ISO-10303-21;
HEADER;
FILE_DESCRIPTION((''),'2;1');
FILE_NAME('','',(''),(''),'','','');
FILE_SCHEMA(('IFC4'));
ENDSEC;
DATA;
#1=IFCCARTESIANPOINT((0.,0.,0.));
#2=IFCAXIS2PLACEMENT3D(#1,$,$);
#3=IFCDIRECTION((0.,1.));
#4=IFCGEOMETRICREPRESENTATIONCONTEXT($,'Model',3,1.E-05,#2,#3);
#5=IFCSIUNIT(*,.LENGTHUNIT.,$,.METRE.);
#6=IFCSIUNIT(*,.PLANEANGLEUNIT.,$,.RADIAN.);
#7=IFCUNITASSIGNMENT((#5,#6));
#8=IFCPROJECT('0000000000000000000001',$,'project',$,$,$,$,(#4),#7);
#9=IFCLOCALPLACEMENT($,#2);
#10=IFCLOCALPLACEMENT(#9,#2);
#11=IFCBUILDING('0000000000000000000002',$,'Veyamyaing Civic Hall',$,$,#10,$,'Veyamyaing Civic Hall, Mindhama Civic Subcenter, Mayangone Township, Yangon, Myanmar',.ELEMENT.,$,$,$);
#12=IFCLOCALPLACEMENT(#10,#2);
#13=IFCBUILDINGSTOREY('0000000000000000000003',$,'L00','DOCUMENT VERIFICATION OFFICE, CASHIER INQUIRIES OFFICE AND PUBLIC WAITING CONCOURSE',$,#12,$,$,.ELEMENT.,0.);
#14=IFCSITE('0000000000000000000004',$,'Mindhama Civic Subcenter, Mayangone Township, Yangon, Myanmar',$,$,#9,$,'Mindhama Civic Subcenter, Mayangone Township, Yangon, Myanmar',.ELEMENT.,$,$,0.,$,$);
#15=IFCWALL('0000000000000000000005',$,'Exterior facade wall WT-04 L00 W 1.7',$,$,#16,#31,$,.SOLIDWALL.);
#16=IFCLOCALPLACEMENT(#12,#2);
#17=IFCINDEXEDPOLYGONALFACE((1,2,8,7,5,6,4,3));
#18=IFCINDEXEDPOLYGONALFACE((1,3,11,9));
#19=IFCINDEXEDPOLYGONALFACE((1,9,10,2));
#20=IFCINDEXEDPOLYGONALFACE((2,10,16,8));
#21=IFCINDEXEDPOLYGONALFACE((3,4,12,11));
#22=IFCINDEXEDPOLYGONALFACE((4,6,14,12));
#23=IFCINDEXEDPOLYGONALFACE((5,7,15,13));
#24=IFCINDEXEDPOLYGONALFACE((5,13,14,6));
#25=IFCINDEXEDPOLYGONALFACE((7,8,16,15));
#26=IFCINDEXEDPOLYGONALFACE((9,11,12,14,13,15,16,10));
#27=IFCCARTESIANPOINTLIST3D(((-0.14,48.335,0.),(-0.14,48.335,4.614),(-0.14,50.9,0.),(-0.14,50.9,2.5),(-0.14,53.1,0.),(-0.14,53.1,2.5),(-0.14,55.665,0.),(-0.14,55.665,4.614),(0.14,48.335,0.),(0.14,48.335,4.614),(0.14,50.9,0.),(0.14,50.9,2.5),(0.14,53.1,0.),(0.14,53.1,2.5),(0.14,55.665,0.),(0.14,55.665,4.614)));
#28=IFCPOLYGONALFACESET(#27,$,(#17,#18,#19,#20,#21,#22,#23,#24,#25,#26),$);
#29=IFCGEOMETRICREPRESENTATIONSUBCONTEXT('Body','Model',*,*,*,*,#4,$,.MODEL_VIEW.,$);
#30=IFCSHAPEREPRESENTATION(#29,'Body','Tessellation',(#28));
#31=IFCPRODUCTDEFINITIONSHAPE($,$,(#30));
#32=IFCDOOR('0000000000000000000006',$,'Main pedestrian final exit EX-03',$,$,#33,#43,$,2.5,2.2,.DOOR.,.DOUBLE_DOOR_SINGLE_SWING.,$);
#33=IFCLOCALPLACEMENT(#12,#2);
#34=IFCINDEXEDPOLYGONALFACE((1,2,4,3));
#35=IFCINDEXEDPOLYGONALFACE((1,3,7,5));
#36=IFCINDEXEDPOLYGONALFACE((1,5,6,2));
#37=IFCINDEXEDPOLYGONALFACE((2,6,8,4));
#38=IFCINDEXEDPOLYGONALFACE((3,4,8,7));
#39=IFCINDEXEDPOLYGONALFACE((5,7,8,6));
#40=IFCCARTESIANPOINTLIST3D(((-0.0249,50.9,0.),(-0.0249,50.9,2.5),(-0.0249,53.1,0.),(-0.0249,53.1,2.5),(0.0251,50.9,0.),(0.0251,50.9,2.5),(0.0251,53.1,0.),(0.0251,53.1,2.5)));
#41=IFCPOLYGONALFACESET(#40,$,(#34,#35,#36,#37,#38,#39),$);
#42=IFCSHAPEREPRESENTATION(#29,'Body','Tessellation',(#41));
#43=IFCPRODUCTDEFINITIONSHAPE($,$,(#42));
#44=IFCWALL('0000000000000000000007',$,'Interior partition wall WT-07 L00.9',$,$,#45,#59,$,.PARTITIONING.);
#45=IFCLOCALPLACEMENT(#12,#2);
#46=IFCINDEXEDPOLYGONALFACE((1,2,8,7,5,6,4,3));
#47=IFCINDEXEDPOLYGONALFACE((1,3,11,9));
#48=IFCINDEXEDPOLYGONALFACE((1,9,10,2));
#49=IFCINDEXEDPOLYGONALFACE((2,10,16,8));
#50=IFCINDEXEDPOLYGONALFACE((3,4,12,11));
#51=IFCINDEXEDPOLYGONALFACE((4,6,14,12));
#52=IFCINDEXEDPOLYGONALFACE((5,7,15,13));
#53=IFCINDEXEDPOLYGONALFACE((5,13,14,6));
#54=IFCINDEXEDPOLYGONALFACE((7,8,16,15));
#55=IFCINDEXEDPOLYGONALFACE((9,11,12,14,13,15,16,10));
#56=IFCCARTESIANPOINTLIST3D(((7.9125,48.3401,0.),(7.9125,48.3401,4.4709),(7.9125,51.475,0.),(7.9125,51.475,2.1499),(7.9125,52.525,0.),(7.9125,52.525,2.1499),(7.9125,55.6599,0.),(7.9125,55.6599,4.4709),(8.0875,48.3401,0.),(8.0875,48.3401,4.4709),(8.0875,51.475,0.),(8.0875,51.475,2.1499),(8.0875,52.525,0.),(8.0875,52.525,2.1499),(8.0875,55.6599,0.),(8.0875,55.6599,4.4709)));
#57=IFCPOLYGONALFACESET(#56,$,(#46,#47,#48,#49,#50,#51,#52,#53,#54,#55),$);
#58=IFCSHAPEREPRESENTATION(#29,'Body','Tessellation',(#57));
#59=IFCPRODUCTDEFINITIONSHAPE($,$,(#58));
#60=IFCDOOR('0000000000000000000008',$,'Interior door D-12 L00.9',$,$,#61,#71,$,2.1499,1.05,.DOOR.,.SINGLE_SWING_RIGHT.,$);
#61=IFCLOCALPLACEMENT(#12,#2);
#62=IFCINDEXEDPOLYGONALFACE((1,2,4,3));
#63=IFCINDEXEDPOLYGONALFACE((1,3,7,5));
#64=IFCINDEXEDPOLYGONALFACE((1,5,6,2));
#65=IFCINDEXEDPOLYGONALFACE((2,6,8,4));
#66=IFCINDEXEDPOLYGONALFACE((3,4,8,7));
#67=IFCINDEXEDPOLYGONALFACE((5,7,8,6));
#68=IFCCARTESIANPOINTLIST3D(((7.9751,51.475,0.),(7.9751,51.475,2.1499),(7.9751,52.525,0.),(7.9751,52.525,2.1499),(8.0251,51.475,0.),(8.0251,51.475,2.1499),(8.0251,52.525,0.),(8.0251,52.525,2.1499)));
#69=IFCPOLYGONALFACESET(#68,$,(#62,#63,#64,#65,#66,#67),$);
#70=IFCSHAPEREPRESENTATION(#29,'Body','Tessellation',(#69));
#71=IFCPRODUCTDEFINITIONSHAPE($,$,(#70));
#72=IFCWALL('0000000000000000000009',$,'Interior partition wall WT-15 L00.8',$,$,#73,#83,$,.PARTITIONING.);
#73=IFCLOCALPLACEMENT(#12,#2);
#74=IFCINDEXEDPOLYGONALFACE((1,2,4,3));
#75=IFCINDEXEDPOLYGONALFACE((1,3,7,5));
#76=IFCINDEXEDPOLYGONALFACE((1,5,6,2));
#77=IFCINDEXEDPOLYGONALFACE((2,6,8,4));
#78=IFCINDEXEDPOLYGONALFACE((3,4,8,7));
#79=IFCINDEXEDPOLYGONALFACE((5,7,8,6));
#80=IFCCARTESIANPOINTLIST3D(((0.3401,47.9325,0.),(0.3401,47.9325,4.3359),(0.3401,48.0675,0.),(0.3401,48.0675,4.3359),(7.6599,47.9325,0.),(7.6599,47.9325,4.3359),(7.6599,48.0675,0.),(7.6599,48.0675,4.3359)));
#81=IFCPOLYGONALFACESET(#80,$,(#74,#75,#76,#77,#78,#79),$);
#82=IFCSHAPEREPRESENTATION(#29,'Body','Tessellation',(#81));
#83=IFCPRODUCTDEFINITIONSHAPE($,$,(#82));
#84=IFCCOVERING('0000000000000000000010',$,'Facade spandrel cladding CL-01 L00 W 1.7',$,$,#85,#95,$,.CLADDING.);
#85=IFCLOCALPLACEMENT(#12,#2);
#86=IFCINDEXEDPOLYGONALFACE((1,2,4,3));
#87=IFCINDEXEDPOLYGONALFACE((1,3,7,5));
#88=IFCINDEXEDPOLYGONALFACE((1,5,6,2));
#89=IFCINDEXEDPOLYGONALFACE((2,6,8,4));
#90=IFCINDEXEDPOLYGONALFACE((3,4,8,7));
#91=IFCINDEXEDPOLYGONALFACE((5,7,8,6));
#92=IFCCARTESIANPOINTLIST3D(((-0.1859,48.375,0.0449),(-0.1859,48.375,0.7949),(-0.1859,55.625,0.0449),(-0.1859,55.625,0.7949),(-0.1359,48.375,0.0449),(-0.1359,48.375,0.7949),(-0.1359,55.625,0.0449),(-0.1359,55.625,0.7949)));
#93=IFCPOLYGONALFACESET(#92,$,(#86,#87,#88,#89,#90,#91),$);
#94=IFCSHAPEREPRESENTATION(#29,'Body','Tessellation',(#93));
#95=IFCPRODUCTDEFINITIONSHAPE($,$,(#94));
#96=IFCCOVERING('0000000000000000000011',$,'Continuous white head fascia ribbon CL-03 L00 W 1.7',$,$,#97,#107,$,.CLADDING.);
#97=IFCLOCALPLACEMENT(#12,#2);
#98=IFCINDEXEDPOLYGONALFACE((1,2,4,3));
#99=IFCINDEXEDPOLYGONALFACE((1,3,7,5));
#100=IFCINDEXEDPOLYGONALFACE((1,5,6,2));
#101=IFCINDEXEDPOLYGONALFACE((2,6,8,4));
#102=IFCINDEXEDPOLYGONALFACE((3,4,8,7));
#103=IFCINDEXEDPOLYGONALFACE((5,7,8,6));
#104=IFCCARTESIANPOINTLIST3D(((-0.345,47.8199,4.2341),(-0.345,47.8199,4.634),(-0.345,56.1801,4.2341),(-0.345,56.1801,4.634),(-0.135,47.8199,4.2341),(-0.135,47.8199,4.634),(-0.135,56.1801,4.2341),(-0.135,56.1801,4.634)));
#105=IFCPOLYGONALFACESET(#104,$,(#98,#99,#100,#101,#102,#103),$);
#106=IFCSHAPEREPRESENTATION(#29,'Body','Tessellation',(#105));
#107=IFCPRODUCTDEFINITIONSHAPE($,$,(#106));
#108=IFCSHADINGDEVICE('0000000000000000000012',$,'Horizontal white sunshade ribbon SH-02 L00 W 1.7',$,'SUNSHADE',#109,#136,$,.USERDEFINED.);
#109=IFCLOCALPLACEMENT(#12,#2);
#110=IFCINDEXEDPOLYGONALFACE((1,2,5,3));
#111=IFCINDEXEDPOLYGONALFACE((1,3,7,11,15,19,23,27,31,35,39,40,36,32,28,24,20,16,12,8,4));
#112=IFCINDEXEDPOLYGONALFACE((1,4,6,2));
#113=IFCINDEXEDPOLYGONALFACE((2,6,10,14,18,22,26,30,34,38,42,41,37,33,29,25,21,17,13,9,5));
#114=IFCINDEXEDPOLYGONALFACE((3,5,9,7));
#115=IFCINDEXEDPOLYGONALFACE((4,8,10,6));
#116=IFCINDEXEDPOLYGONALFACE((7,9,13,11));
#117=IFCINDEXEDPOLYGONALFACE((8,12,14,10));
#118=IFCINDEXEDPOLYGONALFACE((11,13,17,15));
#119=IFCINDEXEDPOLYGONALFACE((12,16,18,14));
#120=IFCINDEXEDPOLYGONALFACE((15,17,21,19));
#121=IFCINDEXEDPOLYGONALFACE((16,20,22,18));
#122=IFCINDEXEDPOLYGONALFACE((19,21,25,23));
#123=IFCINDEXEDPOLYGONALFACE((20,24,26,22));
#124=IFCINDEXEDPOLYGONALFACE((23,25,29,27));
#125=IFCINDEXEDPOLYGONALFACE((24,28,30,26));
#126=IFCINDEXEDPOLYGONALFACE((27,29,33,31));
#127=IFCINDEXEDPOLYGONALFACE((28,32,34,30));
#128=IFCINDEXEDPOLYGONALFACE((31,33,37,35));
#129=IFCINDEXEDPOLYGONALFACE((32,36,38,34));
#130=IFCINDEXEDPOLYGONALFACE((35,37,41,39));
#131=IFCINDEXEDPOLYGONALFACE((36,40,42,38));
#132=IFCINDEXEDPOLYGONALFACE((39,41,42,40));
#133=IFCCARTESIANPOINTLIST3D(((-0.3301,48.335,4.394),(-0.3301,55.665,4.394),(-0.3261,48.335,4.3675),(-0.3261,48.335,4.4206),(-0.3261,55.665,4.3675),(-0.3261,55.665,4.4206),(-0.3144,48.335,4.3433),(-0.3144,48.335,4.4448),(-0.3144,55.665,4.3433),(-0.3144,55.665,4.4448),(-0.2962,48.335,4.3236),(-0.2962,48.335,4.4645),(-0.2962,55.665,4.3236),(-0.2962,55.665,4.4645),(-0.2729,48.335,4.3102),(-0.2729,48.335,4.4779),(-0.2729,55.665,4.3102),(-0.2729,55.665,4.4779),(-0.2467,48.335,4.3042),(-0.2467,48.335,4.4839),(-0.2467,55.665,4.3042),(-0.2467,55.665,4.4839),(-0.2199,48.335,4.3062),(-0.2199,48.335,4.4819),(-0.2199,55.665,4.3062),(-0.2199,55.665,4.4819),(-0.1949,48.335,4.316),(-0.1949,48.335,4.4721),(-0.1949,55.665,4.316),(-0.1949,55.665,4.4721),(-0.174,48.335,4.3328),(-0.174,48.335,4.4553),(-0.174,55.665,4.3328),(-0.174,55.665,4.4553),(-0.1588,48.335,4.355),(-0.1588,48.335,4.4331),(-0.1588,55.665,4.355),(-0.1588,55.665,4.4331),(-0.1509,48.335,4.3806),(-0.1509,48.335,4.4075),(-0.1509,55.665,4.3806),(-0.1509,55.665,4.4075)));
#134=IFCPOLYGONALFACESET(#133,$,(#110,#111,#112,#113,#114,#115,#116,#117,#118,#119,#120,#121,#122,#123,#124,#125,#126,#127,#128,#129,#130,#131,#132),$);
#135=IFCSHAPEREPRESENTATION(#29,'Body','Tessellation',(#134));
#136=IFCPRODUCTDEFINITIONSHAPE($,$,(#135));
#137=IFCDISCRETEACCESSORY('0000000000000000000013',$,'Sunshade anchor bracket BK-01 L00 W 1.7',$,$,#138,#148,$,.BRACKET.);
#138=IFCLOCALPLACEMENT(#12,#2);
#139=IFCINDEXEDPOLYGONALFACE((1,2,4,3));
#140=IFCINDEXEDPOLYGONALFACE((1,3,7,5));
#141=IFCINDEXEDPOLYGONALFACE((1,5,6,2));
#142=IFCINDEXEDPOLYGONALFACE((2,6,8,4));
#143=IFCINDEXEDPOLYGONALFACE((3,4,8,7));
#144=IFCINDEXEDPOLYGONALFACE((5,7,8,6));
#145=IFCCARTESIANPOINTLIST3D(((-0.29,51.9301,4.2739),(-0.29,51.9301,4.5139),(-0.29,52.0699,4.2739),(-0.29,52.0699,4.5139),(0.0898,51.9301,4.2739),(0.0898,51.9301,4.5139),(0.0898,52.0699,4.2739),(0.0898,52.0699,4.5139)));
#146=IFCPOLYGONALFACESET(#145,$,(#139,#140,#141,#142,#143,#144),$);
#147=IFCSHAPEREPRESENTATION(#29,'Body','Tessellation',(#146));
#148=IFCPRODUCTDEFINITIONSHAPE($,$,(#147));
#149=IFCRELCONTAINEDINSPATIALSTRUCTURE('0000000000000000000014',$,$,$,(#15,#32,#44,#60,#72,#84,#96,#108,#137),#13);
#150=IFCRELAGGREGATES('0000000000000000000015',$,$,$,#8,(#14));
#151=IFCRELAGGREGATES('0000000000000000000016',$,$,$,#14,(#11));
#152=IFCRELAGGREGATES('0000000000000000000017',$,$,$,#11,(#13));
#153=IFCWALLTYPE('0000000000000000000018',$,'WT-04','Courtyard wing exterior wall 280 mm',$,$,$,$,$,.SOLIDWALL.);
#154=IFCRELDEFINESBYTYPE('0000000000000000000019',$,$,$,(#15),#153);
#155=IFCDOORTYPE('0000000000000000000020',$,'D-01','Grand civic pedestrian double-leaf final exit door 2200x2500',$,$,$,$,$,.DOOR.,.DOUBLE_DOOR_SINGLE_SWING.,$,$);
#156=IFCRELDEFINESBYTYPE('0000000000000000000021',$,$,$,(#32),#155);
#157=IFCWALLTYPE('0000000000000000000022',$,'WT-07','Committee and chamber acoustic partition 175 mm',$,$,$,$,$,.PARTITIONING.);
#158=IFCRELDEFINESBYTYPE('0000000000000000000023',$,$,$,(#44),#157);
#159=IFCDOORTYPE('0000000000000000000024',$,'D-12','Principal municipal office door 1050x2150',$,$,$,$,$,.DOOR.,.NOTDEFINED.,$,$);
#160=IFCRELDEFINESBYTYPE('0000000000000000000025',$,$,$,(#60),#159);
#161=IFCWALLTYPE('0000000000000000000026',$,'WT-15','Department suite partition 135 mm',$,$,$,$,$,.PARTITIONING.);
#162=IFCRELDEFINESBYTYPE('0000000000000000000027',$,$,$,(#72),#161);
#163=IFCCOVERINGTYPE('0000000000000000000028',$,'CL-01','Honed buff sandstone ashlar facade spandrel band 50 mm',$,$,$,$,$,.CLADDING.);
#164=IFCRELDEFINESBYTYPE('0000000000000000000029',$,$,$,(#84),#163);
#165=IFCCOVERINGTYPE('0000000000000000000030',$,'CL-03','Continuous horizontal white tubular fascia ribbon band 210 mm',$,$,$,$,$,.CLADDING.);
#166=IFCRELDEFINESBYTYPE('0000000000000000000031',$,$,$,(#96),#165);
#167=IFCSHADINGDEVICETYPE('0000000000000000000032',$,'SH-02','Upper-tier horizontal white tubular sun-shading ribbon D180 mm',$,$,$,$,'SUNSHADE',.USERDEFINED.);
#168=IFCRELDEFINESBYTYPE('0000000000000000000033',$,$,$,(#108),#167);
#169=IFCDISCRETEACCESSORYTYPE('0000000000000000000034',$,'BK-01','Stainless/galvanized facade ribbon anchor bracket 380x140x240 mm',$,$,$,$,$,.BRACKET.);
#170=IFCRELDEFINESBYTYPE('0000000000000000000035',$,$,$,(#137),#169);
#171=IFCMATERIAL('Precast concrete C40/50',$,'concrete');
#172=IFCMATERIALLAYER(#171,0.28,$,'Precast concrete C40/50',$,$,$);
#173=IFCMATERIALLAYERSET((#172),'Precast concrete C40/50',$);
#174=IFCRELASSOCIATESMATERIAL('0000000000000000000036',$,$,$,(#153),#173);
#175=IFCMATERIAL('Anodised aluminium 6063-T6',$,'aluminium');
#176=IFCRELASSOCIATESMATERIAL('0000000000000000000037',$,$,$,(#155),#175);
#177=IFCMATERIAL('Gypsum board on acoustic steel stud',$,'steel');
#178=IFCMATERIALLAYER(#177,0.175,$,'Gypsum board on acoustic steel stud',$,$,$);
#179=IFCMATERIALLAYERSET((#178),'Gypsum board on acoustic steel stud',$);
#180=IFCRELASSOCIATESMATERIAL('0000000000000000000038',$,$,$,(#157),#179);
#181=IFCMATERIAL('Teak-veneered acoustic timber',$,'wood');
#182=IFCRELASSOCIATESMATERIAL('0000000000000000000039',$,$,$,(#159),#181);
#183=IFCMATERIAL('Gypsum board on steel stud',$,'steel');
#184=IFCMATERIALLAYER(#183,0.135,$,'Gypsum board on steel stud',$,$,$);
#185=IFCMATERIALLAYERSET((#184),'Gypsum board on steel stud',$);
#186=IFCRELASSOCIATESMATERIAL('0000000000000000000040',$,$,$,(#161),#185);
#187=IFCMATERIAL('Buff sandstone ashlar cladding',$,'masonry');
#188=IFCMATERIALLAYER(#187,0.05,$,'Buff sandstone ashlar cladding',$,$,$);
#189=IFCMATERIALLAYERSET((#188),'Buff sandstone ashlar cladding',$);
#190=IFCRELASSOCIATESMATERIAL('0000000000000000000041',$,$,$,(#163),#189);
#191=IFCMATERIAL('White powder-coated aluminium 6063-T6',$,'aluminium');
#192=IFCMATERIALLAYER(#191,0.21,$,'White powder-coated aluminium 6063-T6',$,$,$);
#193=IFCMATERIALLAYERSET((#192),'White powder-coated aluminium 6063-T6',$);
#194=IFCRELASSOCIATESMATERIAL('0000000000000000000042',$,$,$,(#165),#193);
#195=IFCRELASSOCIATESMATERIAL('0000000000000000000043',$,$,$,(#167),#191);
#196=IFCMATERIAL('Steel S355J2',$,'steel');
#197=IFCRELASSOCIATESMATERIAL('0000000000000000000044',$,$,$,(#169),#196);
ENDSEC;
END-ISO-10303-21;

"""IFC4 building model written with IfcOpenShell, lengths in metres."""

from ifc_helpers import new_model, si_unit, direction, frame, frame_2d, origin, origin_2d, place, context, subcontext, project, spatial, rectangle, circle, extrude, material, layer, layer_set, material_profile, profile_set, type_object, element, fill, save


model = new_model("IFC4")

# Units and contexts
model_context = context("Model", 3, precision=1e-05, world=origin(), true_north=direction((0.0, 1.0)))
body_context = subcontext(model_context, "Body", "Model", "MODEL_VIEW")
ifc_project = project(units=[si_unit("LENGTHUNIT", "METRE"), si_unit("PLANEANGLEUNIT", "RADIAN")], contexts=[model_context])

# Site, building, storey
site_placement = place(None, origin())
site = spatial("IfcSite", under=ifc_project, at=site_placement, Name="Mindhama Civic Subcenter, Mayangone Township, Yangon, Myanmar", LongName="Mindhama Civic Subcenter, Mayangone Township, Yangon, Myanmar", CompositionType="ELEMENT", RefElevation=0.0)
building_placement = place(site_placement, origin())
building = spatial("IfcBuilding", under=site, at=building_placement, Name="Veyamyaing Civic Hall", LongName="Veyamyaing Civic Hall, Mindhama Civic Subcenter, Mayangone Township, Yangon, Myanmar", CompositionType="ELEMENT")
storey_placement = place(building_placement, origin())
storey = spatial("IfcBuildingStorey", under=building, at=storey_placement, Name="L00", Description="DOCUMENT VERIFICATION OFFICE, CASHIER INQUIRIES OFFICE AND PUBLIC WAITING CONCOURSE", CompositionType="ELEMENT", Elevation=0.0)

# Walls, openings, doors
ifc_material_1 = material(Name="Precast concrete C40/50", Category="concrete")
ifc_layer_1 = layer(ifc_material_1, 0.28, Name="Precast concrete C40/50")
ifc_layer_set_1 = layer_set([ifc_layer_1], Name="Precast concrete C40/50")
wall_type_1 = type_object("IfcWallType", Name="WT-04", Description="Courtyard wing exterior wall 280 mm", PredefinedType="SOLIDWALL", material=ifc_layer_set_1)
wall_1_placement = place(storey_placement, frame((0.0, 48.335, 0.0), z_axis=(0.0, 0.0, 1.0), x_axis=(0.0, 1.0, 0.0)))
wall_1 = element("IfcWall", 1, at=wall_1_placement, inside=storey, type_object=wall_type_1, Name="Exterior facade wall WT-04 L00 W 1.7", PredefinedType="SOLIDWALL", context=body_context, shape_type="SweptSolid", body=[
    extrude(rectangle(XDim=7.3301, YDim=0.28, at=frame_2d((3.665, 0.0))), origin(), (0.0, 0.0, 1.0), 4.614),
])
opening_1_placement = place(wall_1_placement, frame((2.5649, 0.0, 0.0)))
opening_1 = element("IfcOpeningElement", 2, at=opening_1_placement, cuts=wall_1, PredefinedType="OPENING", context=body_context, shape_type="SweptSolid", body=[
    extrude(rectangle(XDim=2.2, YDim=2.5, at=frame_2d((1.1001, 1.25))), frame((0.0, 0.1499, 0.0), z_axis=(0.0, -1.0, 0.0), x_axis=(1.0, 0.0, 0.0)), (0.0, 0.0, 1.0), 0.3),
])
ifc_material_2 = material(Name="Anodised aluminium 6063-T6", Category="aluminium")
door_type_1 = type_object("IfcDoorType", Name="D-01", Description="Grand civic pedestrian double-leaf final exit door 2200x2500", OperationType="DOUBLE_DOOR_SINGLE_SWING", PredefinedType="DOOR", material=ifc_material_2)
door_1_placement = place(opening_1_placement, origin())
door_1 = element("IfcDoor", 3, at=door_1_placement, inside=storey, type_object=door_type_1, Name="Main pedestrian final exit EX-03", OperationType="DOUBLE_DOOR_SINGLE_SWING", OverallHeight=2.5, OverallWidth=2.2, PredefinedType="DOOR", context=body_context, shape_type="SweptSolid", body=[
    extrude(rectangle(XDim=2.2, YDim=2.5, at=frame_2d((1.1001, 1.25))), frame((0.0, 0.0249, 0.0), z_axis=(0.0, -1.0, 0.0), x_axis=(1.0, 0.0, 0.0)), (0.0, 0.0, 1.0), 0.05),
])
fill(opening_1, door_1)
ifc_material_3 = material(Name="Gypsum board on acoustic steel stud", Category="steel")
ifc_layer_2 = layer(ifc_material_3, 0.175, Name="Gypsum board on acoustic steel stud")
ifc_layer_set_2 = layer_set([ifc_layer_2], Name="Gypsum board on acoustic steel stud")
wall_type_2 = type_object("IfcWallType", Name="WT-07", Description="Committee and chamber acoustic partition 175 mm", PredefinedType="PARTITIONING", material=ifc_layer_set_2)
wall_2_placement = place(storey_placement, frame((8.0, 48.3401, 0.0), z_axis=(0.0, 0.0, 1.0), x_axis=(0.0, 1.0, 0.0)))
wall_2 = element("IfcWall", 4, at=wall_2_placement, inside=storey, type_object=wall_type_2, Name="Interior partition wall WT-07 L00.9", PredefinedType="PARTITIONING", context=body_context, shape_type="SweptSolid", body=[
    extrude(rectangle(XDim=7.3198, YDim=0.175, at=frame_2d((3.6599, 0.0))), origin(), (0.0, 0.0, 1.0), 4.4709),
])
opening_2_placement = place(wall_2_placement, frame((3.135, 0.0, 0.0)))
opening_2 = element("IfcOpeningElement", 5, at=opening_2_placement, cuts=wall_2, PredefinedType="OPENING", context=body_context, shape_type="SweptSolid", body=[
    extrude(rectangle(XDim=1.05, YDim=2.1499, at=frame_2d((0.5249, 1.075))), frame((0.0, 0.0974, 0.0), z_axis=(0.0, -1.0, 0.0), x_axis=(1.0, 0.0, 0.0)), (0.0, 0.0, 1.0), 0.1951),
])
ifc_material_4 = material(Name="Teak-veneered acoustic timber", Category="wood")
door_type_2 = type_object("IfcDoorType", Name="D-12", Description="Principal municipal office door 1050x2150", OperationType="NOTDEFINED", PredefinedType="DOOR", material=ifc_material_4)
door_2_placement = place(opening_2_placement, origin())
door_2 = element("IfcDoor", 6, at=door_2_placement, inside=storey, type_object=door_type_2, Name="Interior door D-12 L00.9", OperationType="SINGLE_SWING_RIGHT", OverallHeight=2.1499, OverallWidth=1.05, PredefinedType="DOOR", context=body_context, shape_type="SweptSolid", body=[
    extrude(rectangle(XDim=1.05, YDim=2.1499, at=frame_2d((0.5249, 1.075))), frame((0.0, 0.0249, 0.0), z_axis=(0.0, -1.0, 0.0), x_axis=(1.0, 0.0, 0.0)), (0.0, 0.0, 1.0), 0.05),
])
fill(opening_2, door_2)

# Wall
ifc_material_5 = material(Name="Gypsum board on steel stud", Category="steel")
ifc_layer_3 = layer(ifc_material_5, 0.135, Name="Gypsum board on steel stud")
ifc_layer_set_3 = layer_set([ifc_layer_3], Name="Gypsum board on steel stud")
wall_type_3 = type_object("IfcWallType", Name="WT-15", Description="Department suite partition 135 mm", PredefinedType="PARTITIONING", material=ifc_layer_set_3)
wall_3_placement = place(storey_placement, frame((0.3401, 48.0, 0.0), z_axis=(0.0, 0.0, 1.0), x_axis=(1.0, 0.0, 0.0)))
element("IfcWall", 7, at=wall_3_placement, inside=storey, type_object=wall_type_3, Name="Interior partition wall WT-15 L00.8", PredefinedType="PARTITIONING", context=body_context, shape_type="SweptSolid", body=[
    extrude(rectangle(XDim=7.3198, YDim=0.135, at=frame_2d((3.6599, 0.0))), origin(), (0.0, 0.0, 1.0), 4.3359),
])

# Coverings
ifc_material_6 = material(Name="Buff sandstone ashlar cladding", Category="masonry")
ifc_layer_4 = layer(ifc_material_6, 0.05, Name="Buff sandstone ashlar cladding")
ifc_layer_set_4 = layer_set([ifc_layer_4], Name="Buff sandstone ashlar cladding")
covering_type_1 = type_object("IfcCoveringType", Name="CL-01", Description="Honed buff sandstone ashlar facade spandrel band 50 mm", PredefinedType="CLADDING", material=ifc_layer_set_4)
covering_1_placement = place(storey_placement, frame((-0.1609, 52.0, 0.0449), z_axis=(0.0, 0.0, 1.0), x_axis=(0.0, 1.0, 0.0)))
element("IfcCovering", 8, at=covering_1_placement, inside=storey, type_object=covering_type_1, Name="Facade spandrel cladding CL-01 L00 W 1.7", PredefinedType="CLADDING", context=body_context, shape_type="SweptSolid", body=[
    extrude(rectangle(XDim=7.25, YDim=0.05, at=origin_2d()), origin(), (0.0, 0.0, 1.0), 0.75),
])
ifc_material_7 = material(Name="White powder-coated aluminium 6063-T6", Category="aluminium")
ifc_layer_5 = layer(ifc_material_7, 0.21, Name="White powder-coated aluminium 6063-T6")
ifc_layer_set_5 = layer_set([ifc_layer_5], Name="White powder-coated aluminium 6063-T6")
covering_type_2 = type_object("IfcCoveringType", Name="CL-03", Description="Continuous horizontal white tubular fascia ribbon band 210 mm", PredefinedType="CLADDING", material=ifc_layer_set_5)
covering_2_placement = place(storey_placement, frame((-0.24, 52.0, 4.2341), z_axis=(0.0, 0.0, 1.0), x_axis=(0.0, 1.0, 0.0)))
element("IfcCovering", 9, at=covering_2_placement, inside=storey, type_object=covering_type_2, Name="Continuous white head fascia ribbon CL-03 L00 W 1.7", PredefinedType="CLADDING", context=body_context, shape_type="SweptSolid", body=[
    extrude(rectangle(XDim=8.3601, YDim=0.21, at=origin_2d()), origin(), (0.0, 0.0, 1.0), 0.3999),
])

# Shading device
ifc_material_profile_1 = material_profile(ifc_material_7, circle(Radius=0.0901, at=origin_2d()), Name="SHADE-TUBE-180")
ifc_profile_set_1 = profile_set([ifc_material_profile_1], Name="White powder-coated aluminium 6063-T6")
shading_device_type = type_object("IfcShadingDeviceType", Name="SH-02", Description="Upper-tier horizontal white tubular sun-shading ribbon D180 mm", ElementType="SUNSHADE", PredefinedType="USERDEFINED", material=ifc_profile_set_1)
shading_device_placement = place(storey_placement, frame((-0.24, 48.335, 4.394), z_axis=(0.0, 1.0, 0.0), x_axis=(-1.0, 0.0, 0.0)))
element("IfcShadingDevice", 10, at=shading_device_placement, inside=storey, type_object=shading_device_type, Name="Horizontal white sunshade ribbon SH-02 L00 W 1.7", ObjectType="SUNSHADE", PredefinedType="USERDEFINED", context=body_context, shape_type="SweptSolid", body=[
    extrude(circle(Radius=0.0901, at=origin_2d()), origin(), (0.0, 0.0, 1.0), 7.3301),
])

# Discrete accessory
ifc_material_8 = material(Name="Steel S355J2", Category="steel")
discrete_accessory_type = type_object("IfcDiscreteAccessoryType", Name="BK-01", Description="Stainless/galvanized facade ribbon anchor bracket 380x140x240 mm", PredefinedType="BRACKET", material=ifc_material_8)
discrete_accessory_placement = place(storey_placement, frame((-0.1001, 52.0, 4.2739), z_axis=(0.0, 0.0, 1.0), x_axis=(-1.0, 0.0, 0.0)))
element("IfcDiscreteAccessory", 11, at=discrete_accessory_placement, inside=storey, type_object=discrete_accessory_type, Name="Sunshade anchor bracket BK-01 L00 W 1.7", PredefinedType="BRACKET", context=body_context, shape_type="SweptSolid", body=[
    extrude(rectangle(XDim=0.3799, YDim=0.1399, at=origin_2d()), origin(), (0.0, 0.0, 1.0), 0.24),
])

save(model, "model.ifc")
